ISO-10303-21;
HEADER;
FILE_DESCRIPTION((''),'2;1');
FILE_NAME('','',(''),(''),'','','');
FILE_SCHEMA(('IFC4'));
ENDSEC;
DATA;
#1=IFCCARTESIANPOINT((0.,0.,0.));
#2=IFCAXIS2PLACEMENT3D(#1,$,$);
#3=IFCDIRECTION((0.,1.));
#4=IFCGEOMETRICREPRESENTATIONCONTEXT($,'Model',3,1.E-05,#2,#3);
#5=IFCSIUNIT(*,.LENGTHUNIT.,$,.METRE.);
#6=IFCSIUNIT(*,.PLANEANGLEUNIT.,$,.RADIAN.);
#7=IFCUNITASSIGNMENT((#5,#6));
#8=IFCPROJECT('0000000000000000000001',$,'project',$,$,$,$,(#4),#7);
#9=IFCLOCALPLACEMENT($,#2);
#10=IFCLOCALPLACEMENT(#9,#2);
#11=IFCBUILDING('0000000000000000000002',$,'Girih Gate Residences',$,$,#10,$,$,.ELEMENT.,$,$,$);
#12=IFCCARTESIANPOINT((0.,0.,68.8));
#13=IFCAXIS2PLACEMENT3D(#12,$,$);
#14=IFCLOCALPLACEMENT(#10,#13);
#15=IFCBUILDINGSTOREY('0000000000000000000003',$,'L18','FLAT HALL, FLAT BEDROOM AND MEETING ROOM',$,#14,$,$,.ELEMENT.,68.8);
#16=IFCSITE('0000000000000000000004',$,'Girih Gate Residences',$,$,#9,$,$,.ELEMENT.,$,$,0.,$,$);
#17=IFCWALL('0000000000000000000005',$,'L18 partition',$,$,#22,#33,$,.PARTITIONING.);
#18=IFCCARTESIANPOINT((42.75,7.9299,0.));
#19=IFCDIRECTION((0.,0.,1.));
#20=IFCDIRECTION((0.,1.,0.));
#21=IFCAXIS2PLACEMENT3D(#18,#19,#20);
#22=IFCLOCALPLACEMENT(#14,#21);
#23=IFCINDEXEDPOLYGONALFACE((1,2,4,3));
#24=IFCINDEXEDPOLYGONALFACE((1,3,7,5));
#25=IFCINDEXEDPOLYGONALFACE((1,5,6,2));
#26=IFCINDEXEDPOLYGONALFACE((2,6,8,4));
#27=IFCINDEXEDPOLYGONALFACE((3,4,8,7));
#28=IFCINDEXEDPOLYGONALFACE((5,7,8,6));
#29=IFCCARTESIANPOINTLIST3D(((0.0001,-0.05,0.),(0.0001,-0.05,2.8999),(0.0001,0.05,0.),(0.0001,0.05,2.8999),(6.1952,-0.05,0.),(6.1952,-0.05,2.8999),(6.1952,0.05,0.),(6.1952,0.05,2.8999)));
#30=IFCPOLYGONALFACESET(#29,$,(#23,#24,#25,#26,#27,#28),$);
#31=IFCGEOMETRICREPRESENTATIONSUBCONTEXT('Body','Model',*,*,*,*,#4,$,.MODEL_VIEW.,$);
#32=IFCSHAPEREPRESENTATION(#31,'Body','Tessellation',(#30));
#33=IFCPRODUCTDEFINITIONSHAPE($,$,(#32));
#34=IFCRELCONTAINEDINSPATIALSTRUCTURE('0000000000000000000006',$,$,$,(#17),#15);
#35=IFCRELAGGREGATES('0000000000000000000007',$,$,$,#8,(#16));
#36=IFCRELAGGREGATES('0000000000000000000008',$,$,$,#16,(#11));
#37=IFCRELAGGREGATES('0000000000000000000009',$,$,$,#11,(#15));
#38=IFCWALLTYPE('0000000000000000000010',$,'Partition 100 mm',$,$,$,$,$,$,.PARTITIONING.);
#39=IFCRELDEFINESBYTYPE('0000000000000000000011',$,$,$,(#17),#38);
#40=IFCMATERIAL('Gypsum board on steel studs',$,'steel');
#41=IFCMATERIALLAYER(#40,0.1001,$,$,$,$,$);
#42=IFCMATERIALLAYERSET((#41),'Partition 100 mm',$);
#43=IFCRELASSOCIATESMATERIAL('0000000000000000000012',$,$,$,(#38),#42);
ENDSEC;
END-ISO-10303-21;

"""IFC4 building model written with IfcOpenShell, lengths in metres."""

from ifc_helpers import new_model, si_unit, direction, frame, frame_2d, origin, place, context, subcontext, project, spatial, rectangle, extrude, material, layer, layer_set, type_object, element, save


model = new_model("IFC4")

# Units and contexts
model_context = context("Model", 3, precision=1e-05, world=origin(), true_north=direction((0.0, 1.0)))
body_context = subcontext(model_context, "Body", "Model", "MODEL_VIEW")
ifc_project = project(units=[si_unit("LENGTHUNIT", "METRE"), si_unit("PLANEANGLEUNIT", "RADIAN")], contexts=[model_context])

# Site, building, storey
site_placement = place(None, origin())
site = spatial("IfcSite", under=ifc_project, at=site_placement, Name="Girih Gate Residences", CompositionType="ELEMENT", RefElevation=0.0)
building_placement = place(site_placement, origin())
building = spatial("IfcBuilding", under=site, at=building_placement, Name="Girih Gate Residences", CompositionType="ELEMENT")
storey_placement = place(building_placement, frame((0.0, 0.0, 68.8)))
storey = spatial("IfcBuildingStorey", under=building, at=storey_placement, Name="L18", Description="FLAT HALL, FLAT BEDROOM AND MEETING ROOM", CompositionType="ELEMENT", Elevation=68.8)

# Shared definitions
ifc_material_1 = material(Name="Gypsum board on steel studs", Category="steel")
ifc_layer_1 = layer(ifc_material_1, 0.1001)
ifc_layer_set_1 = layer_set([ifc_layer_1], Name="Partition 100 mm")
wall_type_1 = type_object("IfcWallType", Name="Partition 100 mm", PredefinedType="PARTITIONING", material=ifc_layer_set_1)

# Wall
wall_1_placement = place(storey_placement, frame((42.75, 7.9299, 0.0), z_axis=(0.0, 0.0, 1.0), x_axis=(0.0, 1.0, 0.0)))
element("IfcWall", 1, at=wall_1_placement, inside=storey, type_object=wall_type_1, Name="L18 partition", PredefinedType="PARTITIONING", context=body_context, shape_type="SweptSolid", body=[
    extrude(rectangle(XDim=6.1951, YDim=0.1001, at=frame_2d((3.0977, 0.0))), origin(), (0.0, 0.0, 1.0), 2.8999),
])

save(model, "model.ifc")
